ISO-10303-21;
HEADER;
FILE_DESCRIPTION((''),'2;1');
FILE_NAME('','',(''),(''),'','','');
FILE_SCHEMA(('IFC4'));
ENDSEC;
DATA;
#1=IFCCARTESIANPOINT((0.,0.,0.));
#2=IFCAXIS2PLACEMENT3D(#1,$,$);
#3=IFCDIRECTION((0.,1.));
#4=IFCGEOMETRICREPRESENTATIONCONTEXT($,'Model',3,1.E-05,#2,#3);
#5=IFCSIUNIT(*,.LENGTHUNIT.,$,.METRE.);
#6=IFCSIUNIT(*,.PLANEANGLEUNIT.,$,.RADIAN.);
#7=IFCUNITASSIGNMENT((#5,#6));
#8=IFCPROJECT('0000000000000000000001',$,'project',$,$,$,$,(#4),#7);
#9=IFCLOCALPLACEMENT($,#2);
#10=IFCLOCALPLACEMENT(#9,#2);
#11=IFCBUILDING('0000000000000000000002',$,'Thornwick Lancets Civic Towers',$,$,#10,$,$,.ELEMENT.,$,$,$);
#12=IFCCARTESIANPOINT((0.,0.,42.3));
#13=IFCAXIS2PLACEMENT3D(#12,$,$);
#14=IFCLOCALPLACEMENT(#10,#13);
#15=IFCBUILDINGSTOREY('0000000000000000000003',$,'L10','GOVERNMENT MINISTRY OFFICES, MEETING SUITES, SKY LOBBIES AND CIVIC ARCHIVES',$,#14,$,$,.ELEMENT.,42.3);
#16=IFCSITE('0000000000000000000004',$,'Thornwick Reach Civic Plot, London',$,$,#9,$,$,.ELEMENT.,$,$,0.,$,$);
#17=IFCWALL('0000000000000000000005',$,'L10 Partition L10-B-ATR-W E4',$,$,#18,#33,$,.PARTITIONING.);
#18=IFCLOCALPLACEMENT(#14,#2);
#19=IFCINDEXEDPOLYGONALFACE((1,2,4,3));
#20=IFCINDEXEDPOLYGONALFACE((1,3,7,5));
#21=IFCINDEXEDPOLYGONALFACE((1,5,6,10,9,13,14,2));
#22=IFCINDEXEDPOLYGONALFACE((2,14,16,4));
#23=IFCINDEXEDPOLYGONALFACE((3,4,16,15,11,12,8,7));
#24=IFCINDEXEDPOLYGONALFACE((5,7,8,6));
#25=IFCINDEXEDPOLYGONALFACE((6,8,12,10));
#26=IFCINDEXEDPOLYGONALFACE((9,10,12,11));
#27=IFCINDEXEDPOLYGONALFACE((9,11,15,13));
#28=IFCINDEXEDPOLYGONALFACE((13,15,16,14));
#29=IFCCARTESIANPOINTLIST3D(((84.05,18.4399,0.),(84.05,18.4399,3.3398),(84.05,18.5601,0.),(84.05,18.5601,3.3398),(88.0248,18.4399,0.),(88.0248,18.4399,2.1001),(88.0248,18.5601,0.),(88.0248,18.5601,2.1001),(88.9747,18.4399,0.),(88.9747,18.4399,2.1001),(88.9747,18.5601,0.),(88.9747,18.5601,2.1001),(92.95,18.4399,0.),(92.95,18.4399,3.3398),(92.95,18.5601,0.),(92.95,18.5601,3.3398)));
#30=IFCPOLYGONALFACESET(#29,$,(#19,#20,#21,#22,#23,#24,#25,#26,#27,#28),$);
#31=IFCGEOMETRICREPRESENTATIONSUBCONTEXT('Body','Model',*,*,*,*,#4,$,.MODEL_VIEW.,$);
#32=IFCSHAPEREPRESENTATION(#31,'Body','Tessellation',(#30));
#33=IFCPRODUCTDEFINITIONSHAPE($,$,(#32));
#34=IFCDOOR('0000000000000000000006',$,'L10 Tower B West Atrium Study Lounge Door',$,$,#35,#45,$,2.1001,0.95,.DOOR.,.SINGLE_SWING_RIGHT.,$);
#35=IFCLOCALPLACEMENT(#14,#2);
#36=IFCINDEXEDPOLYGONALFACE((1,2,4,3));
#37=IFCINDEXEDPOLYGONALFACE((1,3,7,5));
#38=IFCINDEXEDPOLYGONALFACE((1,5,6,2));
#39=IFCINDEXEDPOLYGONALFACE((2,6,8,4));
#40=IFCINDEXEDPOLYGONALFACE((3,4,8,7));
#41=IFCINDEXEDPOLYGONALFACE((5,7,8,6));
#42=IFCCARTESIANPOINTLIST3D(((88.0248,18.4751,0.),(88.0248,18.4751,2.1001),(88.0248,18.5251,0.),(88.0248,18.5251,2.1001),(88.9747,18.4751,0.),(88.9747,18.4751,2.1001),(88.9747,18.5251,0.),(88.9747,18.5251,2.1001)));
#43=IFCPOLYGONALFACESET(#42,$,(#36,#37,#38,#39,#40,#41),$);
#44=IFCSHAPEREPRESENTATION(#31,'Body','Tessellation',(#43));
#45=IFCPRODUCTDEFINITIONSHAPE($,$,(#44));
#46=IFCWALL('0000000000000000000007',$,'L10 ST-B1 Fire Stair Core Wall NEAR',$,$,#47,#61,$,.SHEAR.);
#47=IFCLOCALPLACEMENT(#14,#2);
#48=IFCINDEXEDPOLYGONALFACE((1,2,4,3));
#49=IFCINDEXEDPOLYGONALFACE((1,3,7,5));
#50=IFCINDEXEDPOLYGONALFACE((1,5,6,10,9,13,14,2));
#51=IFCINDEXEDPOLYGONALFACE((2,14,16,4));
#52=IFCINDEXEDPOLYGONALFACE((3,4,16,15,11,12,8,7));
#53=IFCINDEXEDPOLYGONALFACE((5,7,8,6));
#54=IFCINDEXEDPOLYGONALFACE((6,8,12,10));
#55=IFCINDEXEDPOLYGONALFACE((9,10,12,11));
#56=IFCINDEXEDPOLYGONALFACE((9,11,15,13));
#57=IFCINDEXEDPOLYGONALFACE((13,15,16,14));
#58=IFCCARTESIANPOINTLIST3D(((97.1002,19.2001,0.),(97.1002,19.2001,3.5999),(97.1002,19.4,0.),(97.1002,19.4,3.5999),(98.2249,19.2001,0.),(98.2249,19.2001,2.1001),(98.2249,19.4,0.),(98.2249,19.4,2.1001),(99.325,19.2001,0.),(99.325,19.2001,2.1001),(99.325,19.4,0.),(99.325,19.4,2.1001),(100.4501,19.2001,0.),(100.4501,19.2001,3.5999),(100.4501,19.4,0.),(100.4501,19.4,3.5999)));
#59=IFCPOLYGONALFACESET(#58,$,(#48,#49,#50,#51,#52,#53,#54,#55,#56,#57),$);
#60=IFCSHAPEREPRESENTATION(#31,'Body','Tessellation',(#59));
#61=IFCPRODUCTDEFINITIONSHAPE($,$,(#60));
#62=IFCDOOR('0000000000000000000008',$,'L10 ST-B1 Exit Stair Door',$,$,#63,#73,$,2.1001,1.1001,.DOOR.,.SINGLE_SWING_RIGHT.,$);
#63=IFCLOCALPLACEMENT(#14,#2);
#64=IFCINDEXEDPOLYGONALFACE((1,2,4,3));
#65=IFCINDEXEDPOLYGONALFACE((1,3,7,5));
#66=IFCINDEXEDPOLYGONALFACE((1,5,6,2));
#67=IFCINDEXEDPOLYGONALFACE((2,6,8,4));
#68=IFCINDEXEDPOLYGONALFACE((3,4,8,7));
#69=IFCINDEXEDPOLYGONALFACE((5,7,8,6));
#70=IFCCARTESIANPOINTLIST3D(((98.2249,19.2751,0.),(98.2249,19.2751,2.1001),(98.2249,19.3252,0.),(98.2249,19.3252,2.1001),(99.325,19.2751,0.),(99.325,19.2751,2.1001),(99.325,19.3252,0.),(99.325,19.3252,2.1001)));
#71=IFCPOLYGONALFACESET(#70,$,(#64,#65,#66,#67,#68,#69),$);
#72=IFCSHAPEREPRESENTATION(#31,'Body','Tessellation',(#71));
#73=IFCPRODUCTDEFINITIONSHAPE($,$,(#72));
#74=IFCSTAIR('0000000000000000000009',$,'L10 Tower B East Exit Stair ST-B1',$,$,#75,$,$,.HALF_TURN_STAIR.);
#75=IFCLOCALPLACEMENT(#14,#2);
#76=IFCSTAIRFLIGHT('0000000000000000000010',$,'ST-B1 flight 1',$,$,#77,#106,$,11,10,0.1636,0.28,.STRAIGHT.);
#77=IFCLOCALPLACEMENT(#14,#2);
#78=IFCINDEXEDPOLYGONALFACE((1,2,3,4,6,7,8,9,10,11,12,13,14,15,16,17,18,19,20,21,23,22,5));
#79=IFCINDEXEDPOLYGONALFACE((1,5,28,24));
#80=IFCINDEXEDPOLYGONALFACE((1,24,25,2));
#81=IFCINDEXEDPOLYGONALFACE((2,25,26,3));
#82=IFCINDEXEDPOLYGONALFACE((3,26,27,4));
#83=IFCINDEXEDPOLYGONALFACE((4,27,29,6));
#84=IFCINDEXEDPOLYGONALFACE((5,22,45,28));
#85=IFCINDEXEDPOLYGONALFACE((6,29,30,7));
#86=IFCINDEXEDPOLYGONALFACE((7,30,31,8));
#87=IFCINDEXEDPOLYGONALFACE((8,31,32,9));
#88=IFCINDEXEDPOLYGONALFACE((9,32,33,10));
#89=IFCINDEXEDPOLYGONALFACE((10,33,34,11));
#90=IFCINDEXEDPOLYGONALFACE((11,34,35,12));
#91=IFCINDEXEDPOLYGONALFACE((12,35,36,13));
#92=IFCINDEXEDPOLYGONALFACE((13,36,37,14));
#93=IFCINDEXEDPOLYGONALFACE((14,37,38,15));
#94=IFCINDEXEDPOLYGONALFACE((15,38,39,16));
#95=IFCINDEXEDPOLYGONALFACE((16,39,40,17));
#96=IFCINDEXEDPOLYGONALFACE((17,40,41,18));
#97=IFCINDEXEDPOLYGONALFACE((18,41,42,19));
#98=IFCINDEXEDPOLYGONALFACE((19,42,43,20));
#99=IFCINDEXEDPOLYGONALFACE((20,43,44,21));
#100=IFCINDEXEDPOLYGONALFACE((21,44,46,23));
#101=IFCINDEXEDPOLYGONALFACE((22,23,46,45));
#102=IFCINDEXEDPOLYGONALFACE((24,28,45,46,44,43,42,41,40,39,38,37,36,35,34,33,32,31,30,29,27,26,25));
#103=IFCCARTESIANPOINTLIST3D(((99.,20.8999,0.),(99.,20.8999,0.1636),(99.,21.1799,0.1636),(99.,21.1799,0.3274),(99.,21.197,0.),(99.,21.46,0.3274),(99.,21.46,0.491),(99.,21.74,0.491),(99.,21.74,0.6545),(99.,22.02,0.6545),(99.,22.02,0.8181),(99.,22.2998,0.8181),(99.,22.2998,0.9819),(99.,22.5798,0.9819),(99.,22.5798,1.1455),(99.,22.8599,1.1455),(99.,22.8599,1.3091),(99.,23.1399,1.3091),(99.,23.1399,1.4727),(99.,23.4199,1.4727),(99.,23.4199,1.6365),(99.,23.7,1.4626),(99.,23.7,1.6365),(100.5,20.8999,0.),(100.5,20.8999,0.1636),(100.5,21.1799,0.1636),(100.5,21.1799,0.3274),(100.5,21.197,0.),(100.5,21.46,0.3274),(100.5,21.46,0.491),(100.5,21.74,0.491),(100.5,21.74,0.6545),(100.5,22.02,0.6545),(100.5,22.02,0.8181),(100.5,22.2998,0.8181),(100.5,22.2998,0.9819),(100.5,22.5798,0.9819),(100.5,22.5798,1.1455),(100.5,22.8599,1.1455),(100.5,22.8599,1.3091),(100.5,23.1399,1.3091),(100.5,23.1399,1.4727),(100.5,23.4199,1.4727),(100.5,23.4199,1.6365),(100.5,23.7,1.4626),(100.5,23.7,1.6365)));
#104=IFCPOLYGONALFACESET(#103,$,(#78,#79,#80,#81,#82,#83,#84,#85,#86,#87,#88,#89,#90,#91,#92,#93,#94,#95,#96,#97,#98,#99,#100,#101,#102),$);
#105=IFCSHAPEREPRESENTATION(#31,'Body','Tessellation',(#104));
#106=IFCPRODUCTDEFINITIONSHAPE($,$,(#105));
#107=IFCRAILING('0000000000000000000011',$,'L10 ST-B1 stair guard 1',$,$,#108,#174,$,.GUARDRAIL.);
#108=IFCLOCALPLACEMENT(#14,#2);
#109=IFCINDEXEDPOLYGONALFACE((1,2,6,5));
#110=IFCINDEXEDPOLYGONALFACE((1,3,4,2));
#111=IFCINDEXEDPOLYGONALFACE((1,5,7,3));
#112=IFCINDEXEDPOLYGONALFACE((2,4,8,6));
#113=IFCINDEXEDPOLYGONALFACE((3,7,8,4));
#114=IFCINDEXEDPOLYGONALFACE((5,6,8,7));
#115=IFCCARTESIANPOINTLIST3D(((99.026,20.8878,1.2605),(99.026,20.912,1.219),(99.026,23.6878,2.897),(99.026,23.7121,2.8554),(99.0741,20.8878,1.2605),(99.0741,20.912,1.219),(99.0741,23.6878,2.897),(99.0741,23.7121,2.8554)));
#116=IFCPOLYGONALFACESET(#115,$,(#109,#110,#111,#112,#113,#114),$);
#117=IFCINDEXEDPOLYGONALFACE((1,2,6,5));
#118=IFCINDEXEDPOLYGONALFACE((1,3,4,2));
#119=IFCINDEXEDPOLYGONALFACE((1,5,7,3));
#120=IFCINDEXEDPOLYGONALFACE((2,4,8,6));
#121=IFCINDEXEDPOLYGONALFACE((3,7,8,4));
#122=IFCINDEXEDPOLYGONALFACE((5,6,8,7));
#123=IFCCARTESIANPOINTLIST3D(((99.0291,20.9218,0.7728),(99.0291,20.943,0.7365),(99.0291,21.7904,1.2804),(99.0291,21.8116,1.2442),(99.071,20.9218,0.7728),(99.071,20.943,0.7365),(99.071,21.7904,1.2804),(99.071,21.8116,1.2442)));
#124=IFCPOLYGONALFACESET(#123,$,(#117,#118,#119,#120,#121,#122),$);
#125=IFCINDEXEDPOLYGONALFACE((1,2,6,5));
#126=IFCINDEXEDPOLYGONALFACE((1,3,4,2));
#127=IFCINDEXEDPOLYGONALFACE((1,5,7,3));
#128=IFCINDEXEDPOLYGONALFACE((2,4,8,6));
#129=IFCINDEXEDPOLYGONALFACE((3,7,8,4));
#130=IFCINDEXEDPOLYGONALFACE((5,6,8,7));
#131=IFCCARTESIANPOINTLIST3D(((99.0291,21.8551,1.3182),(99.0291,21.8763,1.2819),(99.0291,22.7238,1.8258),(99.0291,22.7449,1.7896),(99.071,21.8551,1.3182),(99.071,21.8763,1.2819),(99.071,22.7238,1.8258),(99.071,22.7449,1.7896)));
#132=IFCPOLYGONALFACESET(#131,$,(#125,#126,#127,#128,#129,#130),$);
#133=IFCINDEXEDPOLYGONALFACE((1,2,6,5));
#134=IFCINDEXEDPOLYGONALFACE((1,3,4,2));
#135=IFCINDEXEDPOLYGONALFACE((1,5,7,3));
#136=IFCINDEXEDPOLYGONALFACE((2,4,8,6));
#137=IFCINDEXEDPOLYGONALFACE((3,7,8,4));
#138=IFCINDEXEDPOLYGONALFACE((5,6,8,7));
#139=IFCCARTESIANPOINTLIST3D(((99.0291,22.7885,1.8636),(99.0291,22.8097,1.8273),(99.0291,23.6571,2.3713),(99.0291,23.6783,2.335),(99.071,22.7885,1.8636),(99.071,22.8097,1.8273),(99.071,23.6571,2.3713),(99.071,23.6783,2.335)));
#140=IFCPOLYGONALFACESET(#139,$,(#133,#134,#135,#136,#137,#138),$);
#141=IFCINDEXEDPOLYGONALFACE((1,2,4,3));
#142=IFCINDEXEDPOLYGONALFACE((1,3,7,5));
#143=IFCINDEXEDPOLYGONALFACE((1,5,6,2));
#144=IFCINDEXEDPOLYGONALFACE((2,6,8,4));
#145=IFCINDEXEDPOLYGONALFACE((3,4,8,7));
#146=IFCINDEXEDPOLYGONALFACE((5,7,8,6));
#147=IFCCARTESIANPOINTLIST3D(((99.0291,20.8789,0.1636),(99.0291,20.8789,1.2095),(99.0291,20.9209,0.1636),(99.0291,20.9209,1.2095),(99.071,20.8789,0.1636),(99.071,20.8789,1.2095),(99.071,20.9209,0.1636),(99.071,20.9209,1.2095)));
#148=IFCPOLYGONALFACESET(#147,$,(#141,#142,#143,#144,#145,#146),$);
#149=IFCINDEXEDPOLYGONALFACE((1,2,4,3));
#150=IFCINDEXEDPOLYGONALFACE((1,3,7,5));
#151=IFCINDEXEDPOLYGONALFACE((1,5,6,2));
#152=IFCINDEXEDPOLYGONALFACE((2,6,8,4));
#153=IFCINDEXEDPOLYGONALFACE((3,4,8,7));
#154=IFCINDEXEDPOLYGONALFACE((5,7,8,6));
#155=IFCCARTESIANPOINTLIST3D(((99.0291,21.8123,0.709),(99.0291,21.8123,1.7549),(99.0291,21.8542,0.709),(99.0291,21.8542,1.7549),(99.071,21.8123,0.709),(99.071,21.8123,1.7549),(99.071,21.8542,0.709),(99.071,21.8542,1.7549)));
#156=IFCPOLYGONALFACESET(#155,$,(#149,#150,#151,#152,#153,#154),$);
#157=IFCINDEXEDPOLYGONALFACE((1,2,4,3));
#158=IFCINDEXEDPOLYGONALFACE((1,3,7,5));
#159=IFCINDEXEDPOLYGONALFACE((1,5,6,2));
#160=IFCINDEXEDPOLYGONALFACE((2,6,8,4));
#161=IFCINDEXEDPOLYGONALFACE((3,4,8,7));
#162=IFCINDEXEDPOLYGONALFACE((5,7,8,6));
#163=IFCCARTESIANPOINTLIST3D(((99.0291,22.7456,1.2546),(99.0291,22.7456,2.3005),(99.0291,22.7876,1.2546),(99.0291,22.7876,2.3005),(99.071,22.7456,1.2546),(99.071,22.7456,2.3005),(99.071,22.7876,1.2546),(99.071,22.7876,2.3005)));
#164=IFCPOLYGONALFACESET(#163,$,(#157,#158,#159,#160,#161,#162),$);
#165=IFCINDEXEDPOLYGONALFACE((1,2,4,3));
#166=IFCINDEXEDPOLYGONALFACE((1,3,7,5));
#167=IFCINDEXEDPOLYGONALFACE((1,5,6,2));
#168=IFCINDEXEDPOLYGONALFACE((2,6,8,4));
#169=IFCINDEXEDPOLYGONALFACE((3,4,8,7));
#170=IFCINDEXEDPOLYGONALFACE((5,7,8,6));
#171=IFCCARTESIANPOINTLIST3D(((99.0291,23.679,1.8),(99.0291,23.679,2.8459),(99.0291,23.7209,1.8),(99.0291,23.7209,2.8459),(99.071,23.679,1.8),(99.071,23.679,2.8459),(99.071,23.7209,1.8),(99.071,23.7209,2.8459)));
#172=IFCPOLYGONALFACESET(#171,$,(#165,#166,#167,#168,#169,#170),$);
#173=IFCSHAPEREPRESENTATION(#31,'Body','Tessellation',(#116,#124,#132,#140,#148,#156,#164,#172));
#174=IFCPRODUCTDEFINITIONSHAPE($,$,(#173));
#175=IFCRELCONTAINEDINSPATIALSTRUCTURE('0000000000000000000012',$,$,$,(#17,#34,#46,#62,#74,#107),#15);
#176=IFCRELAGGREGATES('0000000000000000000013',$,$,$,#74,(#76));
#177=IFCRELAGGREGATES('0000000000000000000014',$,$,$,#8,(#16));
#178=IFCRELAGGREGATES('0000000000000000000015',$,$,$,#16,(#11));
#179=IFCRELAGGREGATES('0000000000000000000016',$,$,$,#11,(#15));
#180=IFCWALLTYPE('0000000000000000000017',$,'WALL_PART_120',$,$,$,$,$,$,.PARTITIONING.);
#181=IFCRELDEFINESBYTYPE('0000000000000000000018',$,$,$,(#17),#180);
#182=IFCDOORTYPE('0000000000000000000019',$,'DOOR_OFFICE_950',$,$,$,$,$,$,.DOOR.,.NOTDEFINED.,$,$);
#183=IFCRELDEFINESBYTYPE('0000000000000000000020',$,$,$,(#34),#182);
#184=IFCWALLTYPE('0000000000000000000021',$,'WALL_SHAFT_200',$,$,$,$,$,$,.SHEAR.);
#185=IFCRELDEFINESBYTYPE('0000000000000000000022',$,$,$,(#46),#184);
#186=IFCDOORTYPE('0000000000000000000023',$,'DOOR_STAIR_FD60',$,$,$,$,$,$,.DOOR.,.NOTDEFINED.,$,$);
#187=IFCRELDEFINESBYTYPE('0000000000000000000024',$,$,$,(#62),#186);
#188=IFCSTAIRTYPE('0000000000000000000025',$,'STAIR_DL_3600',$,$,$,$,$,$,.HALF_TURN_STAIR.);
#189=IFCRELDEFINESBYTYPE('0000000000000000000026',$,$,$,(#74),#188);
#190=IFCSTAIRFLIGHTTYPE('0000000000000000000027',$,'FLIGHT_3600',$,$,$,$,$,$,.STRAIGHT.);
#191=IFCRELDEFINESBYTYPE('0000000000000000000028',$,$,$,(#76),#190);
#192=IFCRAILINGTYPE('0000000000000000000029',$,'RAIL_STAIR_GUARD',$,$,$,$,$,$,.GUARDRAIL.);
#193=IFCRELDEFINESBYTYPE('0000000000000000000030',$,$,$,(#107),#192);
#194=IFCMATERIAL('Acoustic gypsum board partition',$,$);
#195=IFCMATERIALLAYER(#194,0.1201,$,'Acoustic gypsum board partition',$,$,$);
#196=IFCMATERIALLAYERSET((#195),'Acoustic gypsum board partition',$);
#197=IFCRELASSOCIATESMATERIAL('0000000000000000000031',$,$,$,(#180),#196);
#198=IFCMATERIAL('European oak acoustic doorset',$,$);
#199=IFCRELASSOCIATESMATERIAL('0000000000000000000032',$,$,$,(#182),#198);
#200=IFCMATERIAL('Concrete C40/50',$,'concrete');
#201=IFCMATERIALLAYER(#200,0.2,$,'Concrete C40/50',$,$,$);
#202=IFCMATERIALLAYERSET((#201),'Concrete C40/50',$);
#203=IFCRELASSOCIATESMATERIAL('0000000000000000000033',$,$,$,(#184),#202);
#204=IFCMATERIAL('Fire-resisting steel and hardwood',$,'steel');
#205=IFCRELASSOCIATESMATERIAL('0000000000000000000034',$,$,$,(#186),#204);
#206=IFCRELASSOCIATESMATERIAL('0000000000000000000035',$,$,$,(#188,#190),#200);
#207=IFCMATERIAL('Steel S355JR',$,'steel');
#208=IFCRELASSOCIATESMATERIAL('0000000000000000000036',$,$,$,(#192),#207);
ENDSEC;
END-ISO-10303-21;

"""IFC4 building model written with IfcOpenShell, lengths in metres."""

from ifc_helpers import new_model, si_unit, direction, frame, frame_2d, origin, origin_2d, place, context, subcontext, project, spatial, polyline, rectangle, outline, extrude, material, layer, layer_set, type_object, element, fill, aggregate, save


model = new_model("IFC4")

# Units and contexts
model_context = context("Model", 3, precision=1e-05, world=origin(), true_north=direction((0.0, 1.0)))
body_context = subcontext(model_context, "Body", "Model", "MODEL_VIEW")
ifc_project = project(units=[si_unit("LENGTHUNIT", "METRE"), si_unit("PLANEANGLEUNIT", "RADIAN")], contexts=[model_context])

# Site, building, storey
site_placement = place(None, origin())
site = spatial("IfcSite", under=ifc_project, at=site_placement, Name="Thornwick Reach Civic Plot, London", CompositionType="ELEMENT", RefElevation=0.0)
building_placement = place(site_placement, origin())
building = spatial("IfcBuilding", under=site, at=building_placement, Name="Thornwick Lancets Civic Towers", CompositionType="ELEMENT")
storey_placement = place(building_placement, frame((0.0, 0.0, 42.3)))
storey = spatial("IfcBuildingStorey", under=building, at=storey_placement, Name="L10", Description="GOVERNMENT MINISTRY OFFICES, MEETING SUITES, SKY LOBBIES AND CIVIC ARCHIVES", CompositionType="ELEMENT", Elevation=42.3)

# Shared definitions
ifc_material_1 = material(Name="Acoustic gypsum board partition")
ifc_layer_1 = layer(ifc_material_1, 0.1201, Name="Acoustic gypsum board partition")
ifc_layer_set_1 = layer_set([ifc_layer_1], Name="Acoustic gypsum board partition")
wall_type_1 = type_object("IfcWallType", Name="WALL_PART_120", PredefinedType="PARTITIONING", material=ifc_layer_set_1)

# Walls, openings, doors
wall_1_placement = place(storey_placement, frame((92.95, 18.5, 0.0), z_axis=(0.0, 0.0, 1.0), x_axis=(-1.0, 0.0, 0.0)))
wall_1 = element("IfcWall", 1, at=wall_1_placement, inside=storey, type_object=wall_type_1, Name="L10 Partition L10-B-ATR-W E4", PredefinedType="PARTITIONING", context=body_context, shape_type="SweptSolid", body=[
    extrude(rectangle(XDim=8.8999, YDim=0.1201, at=frame_2d((4.45, 0.0))), origin(), (0.0, 0.0, 1.0), 3.3398),
])
opening_1_placement = place(wall_1_placement, frame((3.9751, 0.0, 0.0)))
opening_1 = element("IfcOpeningElement", 2, at=opening_1_placement, cuts=wall_1, PredefinedType="OPENING", context=body_context, shape_type="SweptSolid", body=[
    extrude(rectangle(XDim=0.95, YDim=2.1001, at=frame_2d((0.4751, 1.05))), frame((0.0, 0.0701, 0.0), z_axis=(0.0, -1.0, 0.0), x_axis=(1.0, 0.0, 0.0)), (0.0, 0.0, 1.0), 0.1401),
])
ifc_material_2 = material(Name="European oak acoustic doorset")
door_type_1 = type_object("IfcDoorType", Name="DOOR_OFFICE_950", OperationType="NOTDEFINED", PredefinedType="DOOR", material=ifc_material_2)
door_1_placement = place(opening_1_placement, origin())
door_1 = element("IfcDoor", 3, at=door_1_placement, inside=storey, type_object=door_type_1, Name="L10 Tower B West Atrium Study Lounge Door", OperationType="SINGLE_SWING_RIGHT", OverallHeight=2.1001, OverallWidth=0.95, PredefinedType="DOOR", context=body_context, shape_type="SweptSolid", body=[
    extrude(rectangle(XDim=0.95, YDim=2.1001, at=frame_2d((0.4751, 1.05))), frame((0.0, 0.0249, 0.0), z_axis=(0.0, -1.0, 0.0), x_axis=(1.0, 0.0, 0.0)), (0.0, 0.0, 1.0), 0.05),
])
fill(opening_1, door_1)
ifc_material_3 = material(Name="Concrete C40/50", Category="concrete")
ifc_layer_2 = layer(ifc_material_3, 0.2, Name="Concrete C40/50")
ifc_layer_set_2 = layer_set([ifc_layer_2], Name="Concrete C40/50")
wall_type_2 = type_object("IfcWallType", Name="WALL_SHAFT_200", PredefinedType="SHEAR", material=ifc_layer_set_2)
wall_2_placement = place(storey_placement, frame((100.45, 19.3, 0.0), z_axis=(0.0, 0.0, 1.0), x_axis=(-1.0, 0.0, 0.0)))
wall_2 = element("IfcWall", 4, at=wall_2_placement, inside=storey, type_object=wall_type_2, Name="L10 ST-B1 Fire Stair Core Wall NEAR", PredefinedType="SHEAR", context=body_context, shape_type="SweptSolid", body=[
    extrude(rectangle(XDim=3.3499, YDim=0.2, at=frame_2d((1.6748, 0.0))), origin(), (0.0, 0.0, 1.0), 3.5999),
])
opening_2_placement = place(wall_2_placement, frame((1.125, 0.0, 0.0)))
opening_2 = element("IfcOpeningElement", 5, at=opening_2_placement, cuts=wall_2, PredefinedType="OPENING", context=body_context, shape_type="SweptSolid", body=[
    extrude(rectangle(XDim=1.1001, YDim=2.1001, at=frame_2d((0.55, 1.05))), frame((0.0, 0.1099, 0.0), z_axis=(0.0, -1.0, 0.0), x_axis=(1.0, 0.0, 0.0)), (0.0, 0.0, 1.0), 0.22),
])
ifc_material_4 = material(Name="Fire-resisting steel and hardwood", Category="steel")
door_type_2 = type_object("IfcDoorType", Name="DOOR_STAIR_FD60", OperationType="NOTDEFINED", PredefinedType="DOOR", material=ifc_material_4)
door_2_placement = place(opening_2_placement, origin())
door_2 = element("IfcDoor", 6, at=door_2_placement, inside=storey, type_object=door_type_2, Name="L10 ST-B1 Exit Stair Door", OperationType="SINGLE_SWING_RIGHT", OverallHeight=2.1001, OverallWidth=1.1001, PredefinedType="DOOR", context=body_context, shape_type="SweptSolid", body=[
    extrude(rectangle(XDim=1.1001, YDim=2.1001, at=frame_2d((0.55, 1.05))), frame((0.0, 0.0249, 0.0), z_axis=(0.0, -1.0, 0.0), x_axis=(1.0, 0.0, 0.0)), (0.0, 0.0, 1.0), 0.05),
])
fill(opening_2, door_2)

# Stair, stair flight
stair_type = type_object("IfcStairType", Name="STAIR_DL_3600", PredefinedType="HALF_TURN_STAIR", material=ifc_material_3)
stair_placement = place(storey_placement, origin())
stair = element("IfcStair", 7, at=stair_placement, inside=storey, type_object=stair_type, Name="L10 Tower B East Exit Stair ST-B1", PredefinedType="HALF_TURN_STAIR")
stair_flight_type = type_object("IfcStairFlightType", Name="FLIGHT_3600", PredefinedType="STRAIGHT", material=ifc_material_3)
stair_flight_placement = place(storey_placement, frame((99.75, 20.8999, 0.0), z_axis=(0.0, 0.0, 1.0), x_axis=(0.0, 1.0, 0.0)))
stair_flight = element("IfcStairFlight", 8, at=stair_flight_placement, type_object=stair_flight_type, Name="ST-B1 flight 1", NumberOfRisers=11, NumberOfTreads=10, PredefinedType="STRAIGHT", RiserHeight=0.1636, TreadLength=0.28, context=body_context, shape_type="SweptSolid", body=[
    extrude(outline(polyline([(0.0, 0.0), (0.0, 0.1636), (0.28, 0.1636), (0.28, 0.3274), (0.5601, 0.3274), (0.5601, 0.491), (0.8401, 0.491), (0.8401, 0.6545), (1.1201, 0.6545), (1.1201, 0.8181), (1.3999, 0.8181), (1.3999, 0.9819), (1.6799, 0.9819), (1.6799, 1.1455), (1.96, 1.1455), (1.96, 1.3091), (2.24, 1.3091), (2.24, 1.4727), (2.52, 1.4727), (2.52, 1.6365), (2.8, 1.6365), (2.8, 1.8), (2.8, 1.4626), (0.2971, 0.0), (0.0, 0.0)])), frame((0.0, 0.75, 0.0), z_axis=(0.0, -1.0, 0.0), x_axis=(1.0, 0.0, 0.0)), (0.0, 0.0, 1.0), 1.5),
])
aggregate(stair, [stair_flight])

# Railing
ifc_material_5 = material(Name="Steel S355JR", Category="steel")
railing_type = type_object("IfcRailingType", Name="RAIL_STAIR_GUARD", PredefinedType="GUARDRAIL", material=ifc_material_5)
railing_1_placement = place(storey_placement, frame((99.05, 20.8999, 0.1636)))
element("IfcRailing", 9, at=railing_1_placement, inside=storey, type_object=railing_type, Name="L10 ST-B1 stair guard 1", PredefinedType="GUARDRAIL", context=body_context, shape_type="SweptSolid", body=[
    extrude(rectangle(XDim=0.0481, YDim=0.0481, at=origin_2d()), frame((0.0, 0.0, 1.0762), z_axis=(0.0, 0.863361, 0.504587), x_axis=(-1.0, 0.0, 0.0)), (0.0, 0.0, 1.0), 3.2432),
    extrude(rectangle(XDim=0.042, YDim=0.042, at=origin_2d()), frame((0.0, 0.0325, 0.5911), z_axis=(0.0, 0.863361, 0.504587), x_axis=(-1.0, 0.0, 0.0)), (0.0, 0.0, 1.0), 1.0061),
    extrude(rectangle(XDim=0.042, YDim=0.042, at=origin_2d()), frame((0.0, 0.9658, 1.1365), z_axis=(0.0, 0.863361, 0.504587), x_axis=(-1.0, 0.0, 0.0)), (0.0, 0.0, 1.0), 1.0061),
    extrude(rectangle(XDim=0.042, YDim=0.042, at=origin_2d()), frame((0.0, 1.8992, 1.6819), z_axis=(0.0, 0.863361, 0.504587), x_axis=(-1.0, 0.0, 0.0)), (0.0, 0.0, 1.0), 1.0061),
    extrude(rectangle(XDim=0.042, YDim=0.042, at=origin_2d()), origin(), (0.0, 0.0, 1.0), 1.0459),
    extrude(rectangle(XDim=0.042, YDim=0.042, at=origin_2d()), frame((0.0, 0.9333, 0.5454)), (0.0, 0.0, 1.0), 1.0459),
    extrude(rectangle(XDim=0.042, YDim=0.042, at=origin_2d()), frame((0.0, 1.8667, 1.0911)), (0.0, 0.0, 1.0), 1.0459),
    extrude(rectangle(XDim=0.042, YDim=0.042, at=origin_2d()), frame((0.0, 2.8, 1.6365)), (0.0, 0.0, 1.0), 1.0459),
])

save(model, "model.ifc")
